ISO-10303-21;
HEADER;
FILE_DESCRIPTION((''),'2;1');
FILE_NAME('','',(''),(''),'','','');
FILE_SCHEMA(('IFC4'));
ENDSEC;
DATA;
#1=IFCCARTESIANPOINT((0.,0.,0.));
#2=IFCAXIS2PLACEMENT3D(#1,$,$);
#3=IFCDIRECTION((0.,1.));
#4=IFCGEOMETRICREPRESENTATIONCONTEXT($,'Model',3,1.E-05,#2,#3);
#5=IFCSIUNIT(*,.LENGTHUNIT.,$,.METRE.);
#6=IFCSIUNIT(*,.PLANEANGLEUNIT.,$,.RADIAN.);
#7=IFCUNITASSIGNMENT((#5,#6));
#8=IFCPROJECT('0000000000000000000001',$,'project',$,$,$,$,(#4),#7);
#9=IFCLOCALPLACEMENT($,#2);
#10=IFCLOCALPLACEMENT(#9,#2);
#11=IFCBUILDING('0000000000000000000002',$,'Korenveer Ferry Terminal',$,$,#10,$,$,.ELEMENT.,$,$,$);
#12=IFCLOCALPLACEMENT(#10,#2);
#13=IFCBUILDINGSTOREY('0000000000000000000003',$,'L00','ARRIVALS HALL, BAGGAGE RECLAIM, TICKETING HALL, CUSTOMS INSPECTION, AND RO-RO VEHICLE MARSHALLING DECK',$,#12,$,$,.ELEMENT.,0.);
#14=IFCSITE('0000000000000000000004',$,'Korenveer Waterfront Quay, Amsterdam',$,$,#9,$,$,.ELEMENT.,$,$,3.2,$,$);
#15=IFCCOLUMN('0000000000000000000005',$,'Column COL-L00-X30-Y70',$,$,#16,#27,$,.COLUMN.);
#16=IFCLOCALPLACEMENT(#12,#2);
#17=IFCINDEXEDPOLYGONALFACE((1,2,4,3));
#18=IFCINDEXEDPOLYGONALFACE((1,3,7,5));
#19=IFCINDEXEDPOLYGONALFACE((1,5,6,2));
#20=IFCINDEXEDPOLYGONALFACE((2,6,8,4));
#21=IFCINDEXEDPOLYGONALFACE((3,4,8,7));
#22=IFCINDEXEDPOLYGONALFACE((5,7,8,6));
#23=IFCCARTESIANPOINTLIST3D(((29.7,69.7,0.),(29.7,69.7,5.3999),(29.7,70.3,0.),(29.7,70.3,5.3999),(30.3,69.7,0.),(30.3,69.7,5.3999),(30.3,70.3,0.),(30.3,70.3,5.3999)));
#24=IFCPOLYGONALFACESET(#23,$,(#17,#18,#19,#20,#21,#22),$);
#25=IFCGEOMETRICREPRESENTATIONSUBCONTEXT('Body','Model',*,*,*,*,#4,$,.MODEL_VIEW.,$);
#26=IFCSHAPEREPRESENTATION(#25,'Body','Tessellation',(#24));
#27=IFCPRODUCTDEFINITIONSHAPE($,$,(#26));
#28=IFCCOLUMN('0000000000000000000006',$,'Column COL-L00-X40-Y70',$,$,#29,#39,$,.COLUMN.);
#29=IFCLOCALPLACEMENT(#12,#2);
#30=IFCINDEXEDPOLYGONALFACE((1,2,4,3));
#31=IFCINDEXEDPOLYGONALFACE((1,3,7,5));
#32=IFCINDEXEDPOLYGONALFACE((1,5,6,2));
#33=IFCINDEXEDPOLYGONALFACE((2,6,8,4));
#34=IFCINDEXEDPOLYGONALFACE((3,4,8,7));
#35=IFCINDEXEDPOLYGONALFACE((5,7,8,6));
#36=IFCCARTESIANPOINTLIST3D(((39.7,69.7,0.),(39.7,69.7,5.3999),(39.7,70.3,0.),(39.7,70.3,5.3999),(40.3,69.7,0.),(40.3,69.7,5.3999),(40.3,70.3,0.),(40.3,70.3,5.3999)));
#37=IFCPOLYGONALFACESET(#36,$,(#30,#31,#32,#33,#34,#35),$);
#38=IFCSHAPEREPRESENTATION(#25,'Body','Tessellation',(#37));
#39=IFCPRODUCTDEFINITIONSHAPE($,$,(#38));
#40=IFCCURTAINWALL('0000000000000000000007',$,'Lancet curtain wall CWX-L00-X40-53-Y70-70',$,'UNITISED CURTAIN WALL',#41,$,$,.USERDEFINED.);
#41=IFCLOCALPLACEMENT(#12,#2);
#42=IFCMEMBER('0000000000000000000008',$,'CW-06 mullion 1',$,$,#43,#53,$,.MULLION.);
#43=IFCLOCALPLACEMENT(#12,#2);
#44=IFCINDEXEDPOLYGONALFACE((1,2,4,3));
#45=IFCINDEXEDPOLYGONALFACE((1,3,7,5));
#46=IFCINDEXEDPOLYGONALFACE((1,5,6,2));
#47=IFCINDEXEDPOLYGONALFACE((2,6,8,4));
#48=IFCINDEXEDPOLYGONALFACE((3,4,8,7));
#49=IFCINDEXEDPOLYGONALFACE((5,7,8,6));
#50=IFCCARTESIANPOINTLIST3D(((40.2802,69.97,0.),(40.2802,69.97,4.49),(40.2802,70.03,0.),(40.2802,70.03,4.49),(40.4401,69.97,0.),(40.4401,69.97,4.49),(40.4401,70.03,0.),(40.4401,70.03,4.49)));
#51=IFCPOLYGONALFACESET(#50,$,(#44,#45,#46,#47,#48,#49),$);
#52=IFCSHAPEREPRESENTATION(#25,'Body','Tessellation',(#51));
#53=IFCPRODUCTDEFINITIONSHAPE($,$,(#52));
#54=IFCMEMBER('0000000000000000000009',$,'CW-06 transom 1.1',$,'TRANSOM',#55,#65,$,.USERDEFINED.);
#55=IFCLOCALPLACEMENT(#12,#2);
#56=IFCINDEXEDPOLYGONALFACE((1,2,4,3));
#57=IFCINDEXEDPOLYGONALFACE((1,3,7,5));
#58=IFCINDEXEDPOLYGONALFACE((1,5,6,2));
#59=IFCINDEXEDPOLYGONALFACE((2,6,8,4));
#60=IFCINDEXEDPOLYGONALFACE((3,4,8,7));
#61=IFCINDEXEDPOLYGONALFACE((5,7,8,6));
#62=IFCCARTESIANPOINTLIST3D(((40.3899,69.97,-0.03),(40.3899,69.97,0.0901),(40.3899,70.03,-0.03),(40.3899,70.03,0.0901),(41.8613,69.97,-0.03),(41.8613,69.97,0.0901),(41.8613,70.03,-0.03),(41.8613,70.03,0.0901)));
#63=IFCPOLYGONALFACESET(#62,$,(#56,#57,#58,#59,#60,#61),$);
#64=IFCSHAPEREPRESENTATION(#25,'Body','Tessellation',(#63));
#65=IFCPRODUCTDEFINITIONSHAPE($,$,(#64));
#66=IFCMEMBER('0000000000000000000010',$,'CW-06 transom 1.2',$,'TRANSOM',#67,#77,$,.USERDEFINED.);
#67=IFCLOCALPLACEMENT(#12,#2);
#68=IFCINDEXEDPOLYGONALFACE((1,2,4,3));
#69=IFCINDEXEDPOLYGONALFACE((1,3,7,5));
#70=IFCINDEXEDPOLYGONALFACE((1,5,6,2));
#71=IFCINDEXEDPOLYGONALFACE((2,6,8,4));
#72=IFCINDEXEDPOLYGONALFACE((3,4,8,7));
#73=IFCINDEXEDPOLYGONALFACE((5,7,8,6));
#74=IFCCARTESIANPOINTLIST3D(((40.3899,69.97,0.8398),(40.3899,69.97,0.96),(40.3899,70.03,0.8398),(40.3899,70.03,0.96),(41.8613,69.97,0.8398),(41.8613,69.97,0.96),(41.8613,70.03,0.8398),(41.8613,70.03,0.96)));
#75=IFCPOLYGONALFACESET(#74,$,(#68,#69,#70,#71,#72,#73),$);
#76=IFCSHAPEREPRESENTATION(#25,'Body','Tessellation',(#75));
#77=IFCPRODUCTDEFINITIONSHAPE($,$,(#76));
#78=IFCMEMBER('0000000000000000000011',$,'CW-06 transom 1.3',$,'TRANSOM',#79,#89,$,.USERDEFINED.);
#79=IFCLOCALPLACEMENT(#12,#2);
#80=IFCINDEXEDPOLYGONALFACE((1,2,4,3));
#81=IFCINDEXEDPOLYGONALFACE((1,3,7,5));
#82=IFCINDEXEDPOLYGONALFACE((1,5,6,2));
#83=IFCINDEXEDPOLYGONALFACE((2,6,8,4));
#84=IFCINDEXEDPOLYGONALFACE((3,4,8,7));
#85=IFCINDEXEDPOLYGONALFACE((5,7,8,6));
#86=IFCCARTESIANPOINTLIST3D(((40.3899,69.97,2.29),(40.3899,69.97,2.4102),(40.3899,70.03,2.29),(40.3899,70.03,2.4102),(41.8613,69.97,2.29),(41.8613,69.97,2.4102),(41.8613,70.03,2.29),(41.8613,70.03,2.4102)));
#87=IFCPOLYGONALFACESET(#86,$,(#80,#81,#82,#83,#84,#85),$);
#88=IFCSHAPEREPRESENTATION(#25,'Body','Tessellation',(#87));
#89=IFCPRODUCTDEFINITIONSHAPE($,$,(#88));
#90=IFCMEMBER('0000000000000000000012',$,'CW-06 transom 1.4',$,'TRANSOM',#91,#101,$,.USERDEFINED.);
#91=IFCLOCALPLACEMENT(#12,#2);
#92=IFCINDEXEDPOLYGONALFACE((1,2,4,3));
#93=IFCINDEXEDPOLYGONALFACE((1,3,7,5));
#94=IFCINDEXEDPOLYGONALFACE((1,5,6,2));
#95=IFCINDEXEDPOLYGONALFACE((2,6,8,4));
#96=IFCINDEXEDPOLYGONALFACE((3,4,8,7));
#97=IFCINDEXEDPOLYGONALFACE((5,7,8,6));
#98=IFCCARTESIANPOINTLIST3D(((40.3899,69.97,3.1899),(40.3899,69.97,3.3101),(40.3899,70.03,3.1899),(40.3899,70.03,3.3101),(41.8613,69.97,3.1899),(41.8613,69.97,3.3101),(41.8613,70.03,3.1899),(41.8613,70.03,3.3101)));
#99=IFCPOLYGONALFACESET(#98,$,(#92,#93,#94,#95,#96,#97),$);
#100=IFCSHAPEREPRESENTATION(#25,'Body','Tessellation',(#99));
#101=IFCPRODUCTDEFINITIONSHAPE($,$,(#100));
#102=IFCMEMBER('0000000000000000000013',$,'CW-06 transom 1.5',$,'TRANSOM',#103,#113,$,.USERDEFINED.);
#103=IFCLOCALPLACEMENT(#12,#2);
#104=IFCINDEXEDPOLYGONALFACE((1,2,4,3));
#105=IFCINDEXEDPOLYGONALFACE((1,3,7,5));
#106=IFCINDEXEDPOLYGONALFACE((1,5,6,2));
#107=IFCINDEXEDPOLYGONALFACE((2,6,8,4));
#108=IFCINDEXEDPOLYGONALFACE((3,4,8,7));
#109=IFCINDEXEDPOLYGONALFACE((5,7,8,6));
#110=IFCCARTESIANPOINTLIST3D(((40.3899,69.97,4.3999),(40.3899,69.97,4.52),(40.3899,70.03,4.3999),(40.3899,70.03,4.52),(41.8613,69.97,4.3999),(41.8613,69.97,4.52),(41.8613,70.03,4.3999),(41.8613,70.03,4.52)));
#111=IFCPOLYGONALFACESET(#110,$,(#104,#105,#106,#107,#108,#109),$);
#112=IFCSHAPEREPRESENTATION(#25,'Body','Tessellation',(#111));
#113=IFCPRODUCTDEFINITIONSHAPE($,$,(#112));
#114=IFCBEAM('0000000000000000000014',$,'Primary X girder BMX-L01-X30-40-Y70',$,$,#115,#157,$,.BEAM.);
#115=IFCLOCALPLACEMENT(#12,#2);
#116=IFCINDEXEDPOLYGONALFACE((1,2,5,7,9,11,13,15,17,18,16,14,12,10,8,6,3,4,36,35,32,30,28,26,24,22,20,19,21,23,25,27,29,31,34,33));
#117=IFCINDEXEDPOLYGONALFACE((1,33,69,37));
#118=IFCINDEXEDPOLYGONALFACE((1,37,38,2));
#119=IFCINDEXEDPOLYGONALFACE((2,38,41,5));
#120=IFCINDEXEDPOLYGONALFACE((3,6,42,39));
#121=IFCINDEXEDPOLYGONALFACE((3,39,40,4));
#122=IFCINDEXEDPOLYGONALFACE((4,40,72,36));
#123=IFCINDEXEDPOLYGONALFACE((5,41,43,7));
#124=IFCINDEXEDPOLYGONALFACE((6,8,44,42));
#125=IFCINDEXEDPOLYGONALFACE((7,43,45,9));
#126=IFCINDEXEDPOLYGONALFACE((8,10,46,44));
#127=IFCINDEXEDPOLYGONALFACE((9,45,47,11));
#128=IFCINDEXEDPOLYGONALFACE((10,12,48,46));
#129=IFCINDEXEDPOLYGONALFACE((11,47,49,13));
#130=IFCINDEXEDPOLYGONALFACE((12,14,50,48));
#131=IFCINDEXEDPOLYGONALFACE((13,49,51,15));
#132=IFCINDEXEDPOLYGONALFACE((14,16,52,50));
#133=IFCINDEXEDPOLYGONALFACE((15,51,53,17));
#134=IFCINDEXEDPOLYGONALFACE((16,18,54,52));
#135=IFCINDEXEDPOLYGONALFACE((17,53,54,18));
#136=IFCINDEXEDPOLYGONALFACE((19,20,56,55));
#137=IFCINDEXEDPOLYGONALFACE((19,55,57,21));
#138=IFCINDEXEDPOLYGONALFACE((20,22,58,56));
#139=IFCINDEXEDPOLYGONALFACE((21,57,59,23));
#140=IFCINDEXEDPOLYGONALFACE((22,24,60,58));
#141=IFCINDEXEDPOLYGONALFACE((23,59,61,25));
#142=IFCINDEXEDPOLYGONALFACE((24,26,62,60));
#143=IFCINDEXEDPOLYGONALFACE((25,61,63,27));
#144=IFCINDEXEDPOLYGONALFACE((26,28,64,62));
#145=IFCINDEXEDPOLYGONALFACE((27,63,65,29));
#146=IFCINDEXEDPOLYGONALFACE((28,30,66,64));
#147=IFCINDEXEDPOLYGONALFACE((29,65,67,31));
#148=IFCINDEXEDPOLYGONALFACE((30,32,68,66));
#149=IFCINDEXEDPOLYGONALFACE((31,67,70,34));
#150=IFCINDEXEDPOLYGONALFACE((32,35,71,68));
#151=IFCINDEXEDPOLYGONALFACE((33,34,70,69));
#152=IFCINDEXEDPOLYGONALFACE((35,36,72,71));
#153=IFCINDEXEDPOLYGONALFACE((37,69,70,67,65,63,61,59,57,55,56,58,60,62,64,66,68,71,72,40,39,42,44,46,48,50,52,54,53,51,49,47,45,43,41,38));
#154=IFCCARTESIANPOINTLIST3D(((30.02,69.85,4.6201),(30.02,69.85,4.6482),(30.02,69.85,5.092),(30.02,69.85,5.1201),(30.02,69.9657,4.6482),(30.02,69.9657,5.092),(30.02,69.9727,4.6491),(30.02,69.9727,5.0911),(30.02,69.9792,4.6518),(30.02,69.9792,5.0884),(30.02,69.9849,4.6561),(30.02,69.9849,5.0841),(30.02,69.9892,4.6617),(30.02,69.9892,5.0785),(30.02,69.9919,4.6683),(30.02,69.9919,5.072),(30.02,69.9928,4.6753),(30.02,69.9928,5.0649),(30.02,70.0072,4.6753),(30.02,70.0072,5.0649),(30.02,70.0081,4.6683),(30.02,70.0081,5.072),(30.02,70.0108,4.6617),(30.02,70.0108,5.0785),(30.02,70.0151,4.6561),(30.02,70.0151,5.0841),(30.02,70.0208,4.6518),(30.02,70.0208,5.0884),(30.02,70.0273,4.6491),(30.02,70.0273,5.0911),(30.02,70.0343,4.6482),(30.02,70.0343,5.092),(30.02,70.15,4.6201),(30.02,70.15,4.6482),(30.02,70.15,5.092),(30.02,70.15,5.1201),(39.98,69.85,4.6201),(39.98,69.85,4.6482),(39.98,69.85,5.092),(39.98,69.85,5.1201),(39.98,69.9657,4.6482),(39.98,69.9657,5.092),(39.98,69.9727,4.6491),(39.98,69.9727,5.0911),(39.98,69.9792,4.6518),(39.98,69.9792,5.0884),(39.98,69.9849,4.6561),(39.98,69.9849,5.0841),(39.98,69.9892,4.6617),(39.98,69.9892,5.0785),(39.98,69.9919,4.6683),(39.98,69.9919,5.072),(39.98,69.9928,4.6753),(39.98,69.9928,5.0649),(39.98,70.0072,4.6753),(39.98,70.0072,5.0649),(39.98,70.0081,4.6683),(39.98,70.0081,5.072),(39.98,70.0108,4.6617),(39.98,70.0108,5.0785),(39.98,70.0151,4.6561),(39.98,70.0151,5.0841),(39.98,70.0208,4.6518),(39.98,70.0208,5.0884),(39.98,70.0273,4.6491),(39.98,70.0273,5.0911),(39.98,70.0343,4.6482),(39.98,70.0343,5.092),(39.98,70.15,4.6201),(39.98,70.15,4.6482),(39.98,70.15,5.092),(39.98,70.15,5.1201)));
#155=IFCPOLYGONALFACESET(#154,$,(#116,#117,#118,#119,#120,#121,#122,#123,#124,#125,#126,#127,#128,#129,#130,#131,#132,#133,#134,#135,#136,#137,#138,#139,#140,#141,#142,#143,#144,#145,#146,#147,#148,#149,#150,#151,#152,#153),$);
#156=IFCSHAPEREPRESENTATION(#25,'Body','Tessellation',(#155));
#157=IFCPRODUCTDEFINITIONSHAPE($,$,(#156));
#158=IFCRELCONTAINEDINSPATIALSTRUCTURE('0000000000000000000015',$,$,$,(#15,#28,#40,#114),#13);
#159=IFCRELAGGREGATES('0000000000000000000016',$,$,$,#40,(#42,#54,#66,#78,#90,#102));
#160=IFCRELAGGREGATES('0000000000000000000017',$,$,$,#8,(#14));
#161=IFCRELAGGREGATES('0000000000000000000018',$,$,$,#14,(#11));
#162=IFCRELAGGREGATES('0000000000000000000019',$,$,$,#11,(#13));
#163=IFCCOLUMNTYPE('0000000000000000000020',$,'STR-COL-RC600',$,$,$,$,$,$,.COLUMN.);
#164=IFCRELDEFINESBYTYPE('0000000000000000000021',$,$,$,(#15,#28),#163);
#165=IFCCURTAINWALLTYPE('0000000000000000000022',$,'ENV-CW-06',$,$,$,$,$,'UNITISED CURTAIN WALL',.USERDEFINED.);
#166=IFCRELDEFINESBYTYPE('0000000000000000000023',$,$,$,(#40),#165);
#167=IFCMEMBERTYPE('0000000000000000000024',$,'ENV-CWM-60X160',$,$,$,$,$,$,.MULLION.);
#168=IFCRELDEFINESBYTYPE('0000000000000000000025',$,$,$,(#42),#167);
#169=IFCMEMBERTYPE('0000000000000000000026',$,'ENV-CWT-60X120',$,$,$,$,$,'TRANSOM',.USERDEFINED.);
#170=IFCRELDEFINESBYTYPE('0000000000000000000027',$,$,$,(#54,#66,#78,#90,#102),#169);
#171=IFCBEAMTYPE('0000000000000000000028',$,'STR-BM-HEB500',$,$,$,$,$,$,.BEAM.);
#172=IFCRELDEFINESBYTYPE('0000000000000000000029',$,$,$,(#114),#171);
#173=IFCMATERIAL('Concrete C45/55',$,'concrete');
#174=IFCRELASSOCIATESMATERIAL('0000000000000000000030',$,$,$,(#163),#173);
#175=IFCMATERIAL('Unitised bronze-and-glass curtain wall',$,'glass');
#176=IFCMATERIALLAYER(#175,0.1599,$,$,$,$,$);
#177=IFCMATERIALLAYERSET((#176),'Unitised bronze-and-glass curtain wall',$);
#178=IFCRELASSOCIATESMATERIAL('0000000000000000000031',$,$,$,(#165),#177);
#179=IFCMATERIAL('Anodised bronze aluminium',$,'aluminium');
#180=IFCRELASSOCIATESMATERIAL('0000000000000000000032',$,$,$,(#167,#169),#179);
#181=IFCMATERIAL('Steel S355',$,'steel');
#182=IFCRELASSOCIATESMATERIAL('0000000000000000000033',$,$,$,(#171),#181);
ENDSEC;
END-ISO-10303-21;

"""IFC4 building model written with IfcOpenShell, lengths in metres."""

from ifc_helpers import new_model, si_unit, direction, frame, origin, origin_2d, place, context, subcontext, project, spatial, rectangle, i_section, extrude, material, layer, layer_set, material_profile, profile_set, type_object, element, aggregate, save


model = new_model("IFC4")

# Units and contexts
model_context = context("Model", 3, precision=1e-05, world=origin(), true_north=direction((0.0, 1.0)))
body_context = subcontext(model_context, "Body", "Model", "MODEL_VIEW")
ifc_project = project(units=[si_unit("LENGTHUNIT", "METRE"), si_unit("PLANEANGLEUNIT", "RADIAN")], contexts=[model_context])

# Site, building, storey
site_placement = place(None, origin())
site = spatial("IfcSite", under=ifc_project, at=site_placement, Name="Korenveer Waterfront Quay, Amsterdam", CompositionType="ELEMENT", RefElevation=3.2)
building_placement = place(site_placement, origin())
building = spatial("IfcBuilding", under=site, at=building_placement, Name="Korenveer Ferry Terminal", CompositionType="ELEMENT")
storey_placement = place(building_placement, origin())
storey = spatial("IfcBuildingStorey", under=building, at=storey_placement, Name="L00", Description="ARRIVALS HALL, BAGGAGE RECLAIM, TICKETING HALL, CUSTOMS INSPECTION, AND RO-RO VEHICLE MARSHALLING DECK", CompositionType="ELEMENT", Elevation=0.0)

# Shared definitions
ifc_material_1 = material(Name="Concrete C45/55", Category="concrete")

# Columns
ifc_material_profile_1 = material_profile(ifc_material_1, rectangle(XDim=0.6001, YDim=0.6001, at=origin_2d()), Name="RC 600x600")
ifc_profile_set_1 = profile_set([ifc_material_profile_1], Name="Concrete C45/55")
column_type = type_object("IfcColumnType", Name="STR-COL-RC600", PredefinedType="COLUMN", material=ifc_profile_set_1)
for number, where, z_axis, x_axis, name in (
    (1, (30.0, 70.0, 0.0), (0.0, 0.0, 1.0), (1.0, 0.0, 0.0), "Column COL-L00-X30-Y70"),
    (2, (40.0, 70.0, 0.0), (0.0, 0.0, 1.0), (1.0, 0.0, 0.0), "Column COL-L00-X40-Y70"),
):
    element("IfcColumn", number, at=place(storey_placement, frame(where, z_axis=z_axis, x_axis=x_axis)), inside=storey, type_object=column_type, Name=name, PredefinedType="COLUMN", context=body_context, shape_type="SweptSolid", body=[
        extrude(rectangle(XDim=0.6001, YDim=0.6001, at=origin_2d()), origin(), (0.0, 0.0, 1.0), 5.3999),
    ])

# Curtain wall, members
ifc_material_2 = material(Name="Unitised bronze-and-glass curtain wall", Category="glass")
ifc_layer_1 = layer(ifc_material_2, 0.1599)
ifc_layer_set_1 = layer_set([ifc_layer_1], Name="Unitised bronze-and-glass curtain wall")
curtain_wall_type = type_object("IfcCurtainWallType", Name="ENV-CW-06", ElementType="UNITISED CURTAIN WALL", PredefinedType="USERDEFINED", material=ifc_layer_set_1)
curtain_wall_placement = place(storey_placement, frame((40.3301, 70.0, 0.0)))
curtain_wall = element("IfcCurtainWall", 3, at=curtain_wall_placement, inside=storey, type_object=curtain_wall_type, Name="Lancet curtain wall CWX-L00-X40-53-Y70-70", ObjectType="UNITISED CURTAIN WALL", PredefinedType="USERDEFINED")
ifc_material_3 = material(Name="Anodised bronze aluminium", Category="aluminium")
ifc_material_profile_2 = material_profile(ifc_material_3, rectangle(XDim=0.0601, YDim=0.1599, at=origin_2d()), Name="ALU 60x160")
ifc_profile_set_2 = profile_set([ifc_material_profile_2], Name="Anodised bronze aluminium")
member_type_1 = type_object("IfcMemberType", Name="ENV-CWM-60X160", PredefinedType="MULLION", material=ifc_profile_set_2)
member_1_placement = place(storey_placement, frame((40.3601, 70.0, 0.0), z_axis=(0.0, 0.0, 1.0), x_axis=(0.0, 1.0, 0.0)))
member_1 = element("IfcMember", 4, at=member_1_placement, type_object=member_type_1, Name="CW-06 mullion 1", PredefinedType="MULLION", context=body_context, shape_type="SweptSolid", body=[
    extrude(rectangle(XDim=0.0601, YDim=0.1599, at=origin_2d()), origin(), (0.0, 0.0, 1.0), 4.49),
])
ifc_material_profile_3 = material_profile(ifc_material_3, rectangle(XDim=0.0601, YDim=0.1201, at=origin_2d()), Name="ALU 60x120")
ifc_profile_set_3 = profile_set([ifc_material_profile_3], Name="Anodised bronze aluminium")
member_type_2 = type_object("IfcMemberType", Name="ENV-CWT-60X120", ElementType="TRANSOM", PredefinedType="USERDEFINED", material=ifc_profile_set_3)
member_2_placement = place(storey_placement, frame((40.3899, 70.0, 0.03), z_axis=(1.0, 0.0, 0.0), x_axis=(0.0, 1.0, 0.0)))
member_2 = element("IfcMember", 5, at=member_2_placement, type_object=member_type_2, Name="CW-06 transom 1.1", ObjectType="TRANSOM", PredefinedType="USERDEFINED", context=body_context, shape_type="SweptSolid", body=[
    extrude(rectangle(XDim=0.0601, YDim=0.1201, at=origin_2d()), origin(), (0.0, 0.0, 1.0), 1.4714),
])
member_3_placement = place(storey_placement, frame((40.3899, 70.0, 0.8999), z_axis=(1.0, 0.0, 0.0), x_axis=(0.0, 1.0, 0.0)))
member_3 = element("IfcMember", 6, at=member_3_placement, type_object=member_type_2, Name="CW-06 transom 1.2", ObjectType="TRANSOM", PredefinedType="USERDEFINED", context=body_context, shape_type="SweptSolid", body=[
    extrude(rectangle(XDim=0.0601, YDim=0.1201, at=origin_2d()), origin(), (0.0, 0.0, 1.0), 1.4714),
])
member_4_placement = place(storey_placement, frame((40.3899, 70.0, 2.3501), z_axis=(1.0, 0.0, 0.0), x_axis=(0.0, 1.0, 0.0)))
member_4 = element("IfcMember", 7, at=member_4_placement, type_object=member_type_2, Name="CW-06 transom 1.3", ObjectType="TRANSOM", PredefinedType="USERDEFINED", context=body_context, shape_type="SweptSolid", body=[
    extrude(rectangle(XDim=0.0601, YDim=0.1201, at=origin_2d()), origin(), (0.0, 0.0, 1.0), 1.4714),
])
member_5_placement = place(storey_placement, frame((40.3899, 70.0, 3.25), z_axis=(1.0, 0.0, 0.0), x_axis=(0.0, 1.0, 0.0)))
member_5 = element("IfcMember", 8, at=member_5_placement, type_object=member_type_2, Name="CW-06 transom 1.4", ObjectType="TRANSOM", PredefinedType="USERDEFINED", context=body_context, shape_type="SweptSolid", body=[
    extrude(rectangle(XDim=0.0601, YDim=0.1201, at=origin_2d()), origin(), (0.0, 0.0, 1.0), 1.4714),
])
member_6_placement = place(storey_placement, frame((40.3899, 70.0, 4.46), z_axis=(1.0, 0.0, 0.0), x_axis=(0.0, 1.0, 0.0)))
member_6 = element("IfcMember", 9, at=member_6_placement, type_object=member_type_2, Name="CW-06 transom 1.5", ObjectType="TRANSOM", PredefinedType="USERDEFINED", context=body_context, shape_type="SweptSolid", body=[
    extrude(rectangle(XDim=0.0601, YDim=0.1201, at=origin_2d()), origin(), (0.0, 0.0, 1.0), 1.4714),
])
aggregate(curtain_wall, [member_1, member_2, member_3, member_4, member_5, member_6])

# Beam
ifc_material_4 = material(Name="Steel S355", Category="steel")
ifc_material_profile_4 = material_profile(ifc_material_4, i_section(OverallWidth=0.3, OverallDepth=0.5, WebThickness=0.0144, FlangeThickness=0.0281, FilletRadius=0.0271, at=origin_2d()), Name="HEB 500")
ifc_profile_set_4 = profile_set([ifc_material_profile_4], Name="Steel S355")
beam_type_1 = type_object("IfcBeamType", Name="STR-BM-HEB500", PredefinedType="BEAM", material=ifc_profile_set_4)
beam_1_placement = place(storey_placement, frame((30.02, 70.0, 4.8701), z_axis=(1.0, 0.0, 0.0), x_axis=(0.0, 1.0, 0.0)))
element("IfcBeam", 10, at=beam_1_placement, inside=storey, type_object=beam_type_1, Name="Primary X girder BMX-L01-X30-40-Y70", PredefinedType="BEAM", context=body_context, shape_type="SweptSolid", body=[
    extrude(i_section(OverallWidth=0.3, OverallDepth=0.5, WebThickness=0.0144, FlangeThickness=0.0281, FilletRadius=0.0271, at=origin_2d()), origin(), (0.0, 0.0, 1.0), 9.96),
])

save(model, "model.ifc")
